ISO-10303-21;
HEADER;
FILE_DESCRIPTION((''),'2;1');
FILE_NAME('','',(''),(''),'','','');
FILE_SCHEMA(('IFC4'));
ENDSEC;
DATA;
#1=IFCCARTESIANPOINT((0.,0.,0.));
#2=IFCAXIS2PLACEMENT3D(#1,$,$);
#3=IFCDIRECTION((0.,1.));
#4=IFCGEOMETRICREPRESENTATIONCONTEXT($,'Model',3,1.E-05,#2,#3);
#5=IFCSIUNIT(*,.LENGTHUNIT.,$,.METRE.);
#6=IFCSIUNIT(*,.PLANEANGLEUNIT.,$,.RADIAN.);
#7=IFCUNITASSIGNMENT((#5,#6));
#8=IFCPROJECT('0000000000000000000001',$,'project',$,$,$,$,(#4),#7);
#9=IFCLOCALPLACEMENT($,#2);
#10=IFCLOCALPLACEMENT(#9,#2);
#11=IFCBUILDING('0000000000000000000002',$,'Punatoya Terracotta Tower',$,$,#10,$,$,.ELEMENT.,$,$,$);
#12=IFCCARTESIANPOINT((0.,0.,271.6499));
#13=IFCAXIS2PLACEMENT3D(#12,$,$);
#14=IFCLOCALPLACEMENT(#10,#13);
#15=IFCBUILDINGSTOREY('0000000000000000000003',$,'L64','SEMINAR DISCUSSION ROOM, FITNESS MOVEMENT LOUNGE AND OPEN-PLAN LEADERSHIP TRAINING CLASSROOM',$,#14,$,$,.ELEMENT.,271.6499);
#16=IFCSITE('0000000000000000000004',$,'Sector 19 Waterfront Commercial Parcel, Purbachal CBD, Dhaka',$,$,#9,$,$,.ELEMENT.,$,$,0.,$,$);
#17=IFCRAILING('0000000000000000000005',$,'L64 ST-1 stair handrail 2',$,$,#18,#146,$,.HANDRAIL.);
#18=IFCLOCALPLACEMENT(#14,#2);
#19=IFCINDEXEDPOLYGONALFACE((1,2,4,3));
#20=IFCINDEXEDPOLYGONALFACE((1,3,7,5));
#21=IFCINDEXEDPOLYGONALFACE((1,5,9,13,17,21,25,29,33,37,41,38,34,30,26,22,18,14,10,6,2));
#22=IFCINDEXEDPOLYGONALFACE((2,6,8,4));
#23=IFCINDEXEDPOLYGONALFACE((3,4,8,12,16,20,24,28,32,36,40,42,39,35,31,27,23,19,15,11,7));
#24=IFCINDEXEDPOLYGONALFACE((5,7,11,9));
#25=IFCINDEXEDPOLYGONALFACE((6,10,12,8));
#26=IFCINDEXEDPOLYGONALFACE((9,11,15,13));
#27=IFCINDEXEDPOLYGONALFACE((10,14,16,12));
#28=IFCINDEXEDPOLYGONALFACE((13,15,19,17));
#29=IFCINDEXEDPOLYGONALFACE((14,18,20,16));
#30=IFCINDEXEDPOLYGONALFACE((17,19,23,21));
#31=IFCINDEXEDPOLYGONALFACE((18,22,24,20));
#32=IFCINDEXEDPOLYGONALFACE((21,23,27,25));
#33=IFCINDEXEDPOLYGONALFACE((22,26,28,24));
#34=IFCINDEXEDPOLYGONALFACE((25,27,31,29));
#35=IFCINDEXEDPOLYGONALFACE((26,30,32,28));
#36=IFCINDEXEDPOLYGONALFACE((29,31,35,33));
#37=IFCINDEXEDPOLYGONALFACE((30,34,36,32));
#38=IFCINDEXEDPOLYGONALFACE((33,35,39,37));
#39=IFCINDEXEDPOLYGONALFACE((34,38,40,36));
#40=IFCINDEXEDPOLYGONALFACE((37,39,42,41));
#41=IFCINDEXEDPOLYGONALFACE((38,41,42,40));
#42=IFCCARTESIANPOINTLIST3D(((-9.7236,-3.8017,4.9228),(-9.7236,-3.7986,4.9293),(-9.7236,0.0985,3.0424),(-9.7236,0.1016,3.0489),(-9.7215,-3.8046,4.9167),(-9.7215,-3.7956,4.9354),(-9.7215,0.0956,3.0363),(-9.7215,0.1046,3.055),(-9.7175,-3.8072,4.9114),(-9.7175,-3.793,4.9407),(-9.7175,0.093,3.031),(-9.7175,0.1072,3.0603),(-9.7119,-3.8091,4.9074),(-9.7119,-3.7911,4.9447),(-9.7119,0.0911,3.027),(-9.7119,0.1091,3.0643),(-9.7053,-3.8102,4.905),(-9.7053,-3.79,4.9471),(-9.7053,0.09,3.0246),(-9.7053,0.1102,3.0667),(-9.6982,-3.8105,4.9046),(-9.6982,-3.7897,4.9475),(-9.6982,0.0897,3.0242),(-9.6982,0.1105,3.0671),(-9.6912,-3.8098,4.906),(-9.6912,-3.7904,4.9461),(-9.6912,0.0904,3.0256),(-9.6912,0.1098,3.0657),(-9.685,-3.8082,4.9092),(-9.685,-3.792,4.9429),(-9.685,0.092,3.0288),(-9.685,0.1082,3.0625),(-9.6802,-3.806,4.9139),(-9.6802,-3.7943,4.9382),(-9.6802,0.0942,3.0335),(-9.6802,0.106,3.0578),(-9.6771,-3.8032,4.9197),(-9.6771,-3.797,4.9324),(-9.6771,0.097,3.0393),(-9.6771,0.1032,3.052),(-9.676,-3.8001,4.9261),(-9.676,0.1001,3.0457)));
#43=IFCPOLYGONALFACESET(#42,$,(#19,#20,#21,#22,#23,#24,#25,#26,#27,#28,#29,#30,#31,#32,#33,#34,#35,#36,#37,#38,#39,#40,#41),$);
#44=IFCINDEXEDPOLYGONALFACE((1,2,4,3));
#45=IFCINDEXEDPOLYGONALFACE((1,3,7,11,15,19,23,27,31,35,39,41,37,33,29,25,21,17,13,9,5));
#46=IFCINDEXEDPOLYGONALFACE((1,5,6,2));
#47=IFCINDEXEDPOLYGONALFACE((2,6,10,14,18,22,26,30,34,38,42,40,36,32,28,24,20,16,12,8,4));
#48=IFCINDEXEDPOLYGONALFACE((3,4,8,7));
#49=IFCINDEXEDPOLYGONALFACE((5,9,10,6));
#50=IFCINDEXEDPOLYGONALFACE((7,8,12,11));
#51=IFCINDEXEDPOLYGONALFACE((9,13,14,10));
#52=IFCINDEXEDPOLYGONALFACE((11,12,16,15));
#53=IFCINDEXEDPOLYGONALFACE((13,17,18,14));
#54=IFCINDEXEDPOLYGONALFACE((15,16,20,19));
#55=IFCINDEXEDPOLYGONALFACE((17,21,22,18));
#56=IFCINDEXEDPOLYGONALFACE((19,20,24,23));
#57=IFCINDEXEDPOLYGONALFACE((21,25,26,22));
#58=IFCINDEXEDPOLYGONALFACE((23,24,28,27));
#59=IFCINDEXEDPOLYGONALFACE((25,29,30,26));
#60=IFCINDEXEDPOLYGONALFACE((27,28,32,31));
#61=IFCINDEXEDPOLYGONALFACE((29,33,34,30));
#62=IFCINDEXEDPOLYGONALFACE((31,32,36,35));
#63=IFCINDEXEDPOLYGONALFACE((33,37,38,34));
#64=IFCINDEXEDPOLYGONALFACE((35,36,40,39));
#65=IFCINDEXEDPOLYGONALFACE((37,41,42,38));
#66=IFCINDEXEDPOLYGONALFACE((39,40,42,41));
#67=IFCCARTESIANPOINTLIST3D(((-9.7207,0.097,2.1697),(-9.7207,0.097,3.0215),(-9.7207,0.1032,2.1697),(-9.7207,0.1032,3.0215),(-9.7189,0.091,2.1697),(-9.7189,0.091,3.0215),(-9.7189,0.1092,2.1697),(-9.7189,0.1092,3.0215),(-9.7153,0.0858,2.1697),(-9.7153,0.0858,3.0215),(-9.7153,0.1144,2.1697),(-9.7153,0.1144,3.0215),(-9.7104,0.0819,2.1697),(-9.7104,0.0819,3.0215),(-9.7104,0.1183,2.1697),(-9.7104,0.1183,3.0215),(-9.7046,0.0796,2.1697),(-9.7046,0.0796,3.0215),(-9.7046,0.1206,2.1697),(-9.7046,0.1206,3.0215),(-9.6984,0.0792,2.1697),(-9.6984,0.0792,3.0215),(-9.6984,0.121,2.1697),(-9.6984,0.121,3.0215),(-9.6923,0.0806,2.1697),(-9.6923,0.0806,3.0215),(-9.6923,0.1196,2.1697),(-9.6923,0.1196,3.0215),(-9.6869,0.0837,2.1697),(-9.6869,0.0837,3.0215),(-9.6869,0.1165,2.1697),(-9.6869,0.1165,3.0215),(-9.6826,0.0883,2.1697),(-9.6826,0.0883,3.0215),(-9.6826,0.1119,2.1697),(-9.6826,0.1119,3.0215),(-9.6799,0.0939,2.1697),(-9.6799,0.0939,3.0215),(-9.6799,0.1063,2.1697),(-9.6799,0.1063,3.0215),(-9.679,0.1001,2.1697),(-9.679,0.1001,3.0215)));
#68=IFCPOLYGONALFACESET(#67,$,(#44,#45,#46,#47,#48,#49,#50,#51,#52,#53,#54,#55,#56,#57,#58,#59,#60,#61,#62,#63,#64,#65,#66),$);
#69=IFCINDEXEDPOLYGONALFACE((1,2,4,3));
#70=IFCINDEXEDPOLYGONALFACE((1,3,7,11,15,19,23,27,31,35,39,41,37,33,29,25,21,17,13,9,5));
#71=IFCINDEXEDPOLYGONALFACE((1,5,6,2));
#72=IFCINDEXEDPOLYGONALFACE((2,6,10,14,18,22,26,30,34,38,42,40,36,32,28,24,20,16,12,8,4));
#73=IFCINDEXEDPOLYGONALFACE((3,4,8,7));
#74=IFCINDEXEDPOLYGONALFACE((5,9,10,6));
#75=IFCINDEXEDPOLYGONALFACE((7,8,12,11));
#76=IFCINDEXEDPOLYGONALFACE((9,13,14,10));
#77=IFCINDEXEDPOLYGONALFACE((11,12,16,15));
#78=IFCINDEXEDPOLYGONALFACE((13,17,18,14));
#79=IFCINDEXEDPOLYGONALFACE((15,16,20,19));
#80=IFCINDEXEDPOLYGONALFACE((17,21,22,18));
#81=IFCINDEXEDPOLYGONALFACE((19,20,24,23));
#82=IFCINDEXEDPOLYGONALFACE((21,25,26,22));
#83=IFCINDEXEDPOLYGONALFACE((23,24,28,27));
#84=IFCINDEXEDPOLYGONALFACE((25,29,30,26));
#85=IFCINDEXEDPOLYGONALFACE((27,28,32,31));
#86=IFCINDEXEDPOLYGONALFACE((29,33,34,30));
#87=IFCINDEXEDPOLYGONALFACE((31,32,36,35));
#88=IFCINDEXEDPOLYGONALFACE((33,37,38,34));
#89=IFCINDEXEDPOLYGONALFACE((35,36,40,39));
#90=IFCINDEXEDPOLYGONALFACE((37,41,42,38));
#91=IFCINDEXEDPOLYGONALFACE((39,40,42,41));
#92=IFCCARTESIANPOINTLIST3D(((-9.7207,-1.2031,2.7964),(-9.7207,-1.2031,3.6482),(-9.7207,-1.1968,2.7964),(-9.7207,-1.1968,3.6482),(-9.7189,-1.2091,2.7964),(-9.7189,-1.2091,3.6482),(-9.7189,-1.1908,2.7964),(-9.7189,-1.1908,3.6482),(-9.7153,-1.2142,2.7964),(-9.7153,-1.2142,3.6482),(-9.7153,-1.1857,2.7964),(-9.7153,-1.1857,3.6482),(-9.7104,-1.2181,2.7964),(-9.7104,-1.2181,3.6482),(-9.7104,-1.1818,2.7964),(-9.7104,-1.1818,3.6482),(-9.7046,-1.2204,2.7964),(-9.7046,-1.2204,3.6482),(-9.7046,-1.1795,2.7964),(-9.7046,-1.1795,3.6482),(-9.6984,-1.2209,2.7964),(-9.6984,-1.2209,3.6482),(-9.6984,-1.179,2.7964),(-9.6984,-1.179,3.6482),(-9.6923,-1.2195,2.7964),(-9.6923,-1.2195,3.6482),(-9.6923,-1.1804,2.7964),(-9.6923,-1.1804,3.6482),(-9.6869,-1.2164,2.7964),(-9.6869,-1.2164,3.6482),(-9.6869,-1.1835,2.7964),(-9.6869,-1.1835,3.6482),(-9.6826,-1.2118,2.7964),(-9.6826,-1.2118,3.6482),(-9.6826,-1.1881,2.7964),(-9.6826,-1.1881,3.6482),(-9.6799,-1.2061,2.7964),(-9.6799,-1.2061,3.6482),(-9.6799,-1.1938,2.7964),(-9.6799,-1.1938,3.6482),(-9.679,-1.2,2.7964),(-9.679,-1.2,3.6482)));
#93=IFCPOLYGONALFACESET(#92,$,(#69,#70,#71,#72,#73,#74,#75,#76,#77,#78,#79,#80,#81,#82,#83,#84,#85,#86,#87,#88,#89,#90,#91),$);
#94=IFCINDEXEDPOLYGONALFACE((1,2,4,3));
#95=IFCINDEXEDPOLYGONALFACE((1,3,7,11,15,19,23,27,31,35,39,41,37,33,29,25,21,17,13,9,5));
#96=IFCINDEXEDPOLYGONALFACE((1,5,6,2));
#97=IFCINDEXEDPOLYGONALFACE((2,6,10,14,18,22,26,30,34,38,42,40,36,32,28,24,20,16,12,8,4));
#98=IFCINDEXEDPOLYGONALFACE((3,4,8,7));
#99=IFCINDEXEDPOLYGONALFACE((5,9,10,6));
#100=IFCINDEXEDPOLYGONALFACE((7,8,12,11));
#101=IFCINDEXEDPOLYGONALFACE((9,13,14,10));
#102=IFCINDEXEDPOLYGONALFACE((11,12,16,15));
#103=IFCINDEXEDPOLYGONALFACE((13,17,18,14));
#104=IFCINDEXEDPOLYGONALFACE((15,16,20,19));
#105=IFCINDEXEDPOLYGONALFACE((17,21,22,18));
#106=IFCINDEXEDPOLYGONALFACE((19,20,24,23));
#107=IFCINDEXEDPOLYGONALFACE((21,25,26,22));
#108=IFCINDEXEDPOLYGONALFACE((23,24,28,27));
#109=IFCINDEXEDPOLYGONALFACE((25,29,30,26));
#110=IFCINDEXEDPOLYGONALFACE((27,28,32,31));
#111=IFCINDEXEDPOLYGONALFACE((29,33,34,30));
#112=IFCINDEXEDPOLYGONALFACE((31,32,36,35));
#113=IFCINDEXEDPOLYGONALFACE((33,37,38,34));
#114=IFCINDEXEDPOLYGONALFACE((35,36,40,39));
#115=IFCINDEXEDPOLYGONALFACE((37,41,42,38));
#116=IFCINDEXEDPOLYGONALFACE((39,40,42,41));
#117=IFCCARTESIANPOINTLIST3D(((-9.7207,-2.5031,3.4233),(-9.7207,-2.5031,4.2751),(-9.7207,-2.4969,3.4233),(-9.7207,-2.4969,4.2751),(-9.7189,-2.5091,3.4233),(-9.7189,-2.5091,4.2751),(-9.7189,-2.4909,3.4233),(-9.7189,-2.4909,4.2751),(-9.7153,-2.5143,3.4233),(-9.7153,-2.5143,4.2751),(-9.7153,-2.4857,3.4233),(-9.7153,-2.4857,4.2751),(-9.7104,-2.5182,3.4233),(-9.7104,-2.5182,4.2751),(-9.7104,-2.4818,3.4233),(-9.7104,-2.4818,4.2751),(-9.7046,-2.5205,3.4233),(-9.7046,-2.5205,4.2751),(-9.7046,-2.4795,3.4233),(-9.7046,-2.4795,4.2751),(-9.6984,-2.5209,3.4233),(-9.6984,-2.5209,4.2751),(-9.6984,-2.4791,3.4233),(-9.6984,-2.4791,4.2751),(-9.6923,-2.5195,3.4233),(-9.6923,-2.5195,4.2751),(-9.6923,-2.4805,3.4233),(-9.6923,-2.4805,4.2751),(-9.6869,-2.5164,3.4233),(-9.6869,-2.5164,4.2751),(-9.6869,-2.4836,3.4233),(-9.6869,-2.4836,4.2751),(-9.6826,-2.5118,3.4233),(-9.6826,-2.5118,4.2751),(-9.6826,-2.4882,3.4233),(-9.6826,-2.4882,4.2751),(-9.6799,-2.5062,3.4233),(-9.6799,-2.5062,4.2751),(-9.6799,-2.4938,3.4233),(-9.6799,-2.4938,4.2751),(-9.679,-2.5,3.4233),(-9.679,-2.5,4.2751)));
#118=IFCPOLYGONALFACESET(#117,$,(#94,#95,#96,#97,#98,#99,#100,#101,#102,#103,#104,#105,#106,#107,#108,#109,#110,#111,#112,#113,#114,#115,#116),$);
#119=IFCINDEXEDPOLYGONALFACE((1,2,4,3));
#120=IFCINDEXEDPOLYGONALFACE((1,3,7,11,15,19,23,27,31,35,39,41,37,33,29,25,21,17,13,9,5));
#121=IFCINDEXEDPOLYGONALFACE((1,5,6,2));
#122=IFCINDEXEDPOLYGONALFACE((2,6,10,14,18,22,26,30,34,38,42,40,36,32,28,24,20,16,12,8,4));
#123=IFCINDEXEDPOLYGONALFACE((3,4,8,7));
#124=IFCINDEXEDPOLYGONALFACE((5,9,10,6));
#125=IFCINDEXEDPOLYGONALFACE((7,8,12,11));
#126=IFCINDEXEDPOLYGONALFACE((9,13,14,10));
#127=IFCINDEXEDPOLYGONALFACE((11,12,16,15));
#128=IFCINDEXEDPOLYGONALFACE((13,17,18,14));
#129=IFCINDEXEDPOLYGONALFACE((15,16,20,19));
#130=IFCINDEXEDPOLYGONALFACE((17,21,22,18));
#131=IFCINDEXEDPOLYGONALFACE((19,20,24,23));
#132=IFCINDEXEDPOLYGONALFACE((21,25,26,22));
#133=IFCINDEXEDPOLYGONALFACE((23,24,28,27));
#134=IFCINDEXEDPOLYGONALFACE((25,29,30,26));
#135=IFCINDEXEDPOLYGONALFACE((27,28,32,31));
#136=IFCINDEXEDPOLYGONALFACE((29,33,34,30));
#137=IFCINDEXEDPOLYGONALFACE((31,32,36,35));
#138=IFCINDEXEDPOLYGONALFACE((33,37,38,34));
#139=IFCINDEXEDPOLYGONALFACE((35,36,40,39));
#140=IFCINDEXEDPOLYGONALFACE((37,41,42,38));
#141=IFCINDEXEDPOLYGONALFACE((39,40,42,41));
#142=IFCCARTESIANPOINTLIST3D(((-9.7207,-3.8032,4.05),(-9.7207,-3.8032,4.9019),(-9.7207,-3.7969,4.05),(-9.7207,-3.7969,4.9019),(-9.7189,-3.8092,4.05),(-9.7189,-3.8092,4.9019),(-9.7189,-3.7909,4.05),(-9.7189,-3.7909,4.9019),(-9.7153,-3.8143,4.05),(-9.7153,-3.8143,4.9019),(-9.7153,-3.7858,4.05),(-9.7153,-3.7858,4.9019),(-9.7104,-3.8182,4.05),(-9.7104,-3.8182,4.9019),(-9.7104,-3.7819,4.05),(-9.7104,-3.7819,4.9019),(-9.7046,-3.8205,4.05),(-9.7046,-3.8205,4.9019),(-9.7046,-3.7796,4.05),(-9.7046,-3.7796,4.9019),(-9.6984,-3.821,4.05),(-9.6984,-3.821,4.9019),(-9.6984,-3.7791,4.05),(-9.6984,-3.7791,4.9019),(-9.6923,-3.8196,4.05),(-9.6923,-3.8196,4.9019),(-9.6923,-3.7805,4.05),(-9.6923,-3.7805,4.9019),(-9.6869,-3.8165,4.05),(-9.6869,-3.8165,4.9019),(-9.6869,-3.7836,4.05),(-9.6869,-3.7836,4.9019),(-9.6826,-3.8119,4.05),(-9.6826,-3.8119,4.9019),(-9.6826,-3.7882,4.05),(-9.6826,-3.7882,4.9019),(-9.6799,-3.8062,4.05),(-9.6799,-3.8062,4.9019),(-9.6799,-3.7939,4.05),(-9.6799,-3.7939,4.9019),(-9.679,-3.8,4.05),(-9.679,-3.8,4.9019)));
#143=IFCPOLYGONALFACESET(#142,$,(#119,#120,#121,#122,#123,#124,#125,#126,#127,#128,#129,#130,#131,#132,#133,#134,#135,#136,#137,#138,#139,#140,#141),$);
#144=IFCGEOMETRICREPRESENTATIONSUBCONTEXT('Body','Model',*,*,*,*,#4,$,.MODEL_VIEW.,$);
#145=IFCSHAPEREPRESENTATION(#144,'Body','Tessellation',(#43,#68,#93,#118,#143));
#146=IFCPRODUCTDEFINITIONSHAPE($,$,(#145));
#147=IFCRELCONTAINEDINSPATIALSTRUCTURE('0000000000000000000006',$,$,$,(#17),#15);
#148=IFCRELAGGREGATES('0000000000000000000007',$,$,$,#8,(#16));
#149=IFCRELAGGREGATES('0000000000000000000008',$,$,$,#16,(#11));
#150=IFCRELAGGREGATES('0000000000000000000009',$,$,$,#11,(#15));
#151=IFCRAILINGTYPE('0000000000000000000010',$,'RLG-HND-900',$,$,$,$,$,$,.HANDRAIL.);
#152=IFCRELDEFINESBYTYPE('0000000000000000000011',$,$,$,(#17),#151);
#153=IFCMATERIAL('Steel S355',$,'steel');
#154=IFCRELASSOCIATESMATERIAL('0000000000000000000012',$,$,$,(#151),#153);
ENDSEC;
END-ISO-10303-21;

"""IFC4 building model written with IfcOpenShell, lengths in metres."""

from ifc_helpers import new_model, si_unit, direction, frame, origin, origin_2d, place, context, subcontext, project, spatial, circle, extrude, material, type_object, element, save


model = new_model("IFC4")

# Units and contexts
model_context = context("Model", 3, precision=1e-05, world=origin(), true_north=direction((0.0, 1.0)))
body_context = subcontext(model_context, "Body", "Model", "MODEL_VIEW")
ifc_project = project(units=[si_unit("LENGTHUNIT", "METRE"), si_unit("PLANEANGLEUNIT", "RADIAN")], contexts=[model_context])

# Site, building, storey
site_placement = place(None, origin())
site = spatial("IfcSite", under=ifc_project, at=site_placement, Name="Sector 19 Waterfront Commercial Parcel, Purbachal CBD, Dhaka", CompositionType="ELEMENT", RefElevation=0.0)
building_placement = place(site_placement, origin())
building = spatial("IfcBuilding", under=site, at=building_placement, Name="Punatoya Terracotta Tower", CompositionType="ELEMENT")
storey_placement = place(building_placement, frame((0.0, 0.0, 271.6499)))
storey = spatial("IfcBuildingStorey", under=building, at=storey_placement, Name="L64", Description="SEMINAR DISCUSSION ROOM, FITNESS MOVEMENT LOUNGE AND OPEN-PLAN LEADERSHIP TRAINING CLASSROOM", CompositionType="ELEMENT", Elevation=271.6499)

# Shared definitions
ifc_material_1 = material(Name="Steel S355", Category="steel")

# Railing
railing_type = type_object("IfcRailingType", Name="RLG-HND-900", PredefinedType="HANDRAIL", material=ifc_material_1)
railing_placement = place(storey_placement, frame((-9.7, 0.1001, 2.1697)))
element("IfcRailing", 1, at=railing_placement, inside=storey, type_object=railing_type, Name="L64 ST-1 stair handrail 2", PredefinedType="HANDRAIL", context=body_context, shape_type="SweptSolid", body=[
    extrude(circle(Radius=0.0239, at=origin_2d()), frame((0.0, 0.0, 0.876), z_axis=(0.0, -0.900774, 0.434289), x_axis=(1.0, 0.0, 0.0)), (0.0, 0.0, 1.0), 4.3298),
    extrude(circle(Radius=0.021, at=origin_2d()), origin(), (0.0, 0.0, 1.0), 0.8518),
    extrude(circle(Radius=0.021, at=origin_2d()), frame((0.0, -1.3, 0.6267)), (0.0, 0.0, 1.0), 0.8518),
    extrude(circle(Radius=0.021, at=origin_2d()), frame((0.0, -2.6001, 1.2537)), (0.0, 0.0, 1.0), 0.8518),
    extrude(circle(Radius=0.021, at=origin_2d()), frame((0.0, -3.9001, 1.8804)), (0.0, 0.0, 1.0), 0.8518),
])

save(model, "model.ifc")
